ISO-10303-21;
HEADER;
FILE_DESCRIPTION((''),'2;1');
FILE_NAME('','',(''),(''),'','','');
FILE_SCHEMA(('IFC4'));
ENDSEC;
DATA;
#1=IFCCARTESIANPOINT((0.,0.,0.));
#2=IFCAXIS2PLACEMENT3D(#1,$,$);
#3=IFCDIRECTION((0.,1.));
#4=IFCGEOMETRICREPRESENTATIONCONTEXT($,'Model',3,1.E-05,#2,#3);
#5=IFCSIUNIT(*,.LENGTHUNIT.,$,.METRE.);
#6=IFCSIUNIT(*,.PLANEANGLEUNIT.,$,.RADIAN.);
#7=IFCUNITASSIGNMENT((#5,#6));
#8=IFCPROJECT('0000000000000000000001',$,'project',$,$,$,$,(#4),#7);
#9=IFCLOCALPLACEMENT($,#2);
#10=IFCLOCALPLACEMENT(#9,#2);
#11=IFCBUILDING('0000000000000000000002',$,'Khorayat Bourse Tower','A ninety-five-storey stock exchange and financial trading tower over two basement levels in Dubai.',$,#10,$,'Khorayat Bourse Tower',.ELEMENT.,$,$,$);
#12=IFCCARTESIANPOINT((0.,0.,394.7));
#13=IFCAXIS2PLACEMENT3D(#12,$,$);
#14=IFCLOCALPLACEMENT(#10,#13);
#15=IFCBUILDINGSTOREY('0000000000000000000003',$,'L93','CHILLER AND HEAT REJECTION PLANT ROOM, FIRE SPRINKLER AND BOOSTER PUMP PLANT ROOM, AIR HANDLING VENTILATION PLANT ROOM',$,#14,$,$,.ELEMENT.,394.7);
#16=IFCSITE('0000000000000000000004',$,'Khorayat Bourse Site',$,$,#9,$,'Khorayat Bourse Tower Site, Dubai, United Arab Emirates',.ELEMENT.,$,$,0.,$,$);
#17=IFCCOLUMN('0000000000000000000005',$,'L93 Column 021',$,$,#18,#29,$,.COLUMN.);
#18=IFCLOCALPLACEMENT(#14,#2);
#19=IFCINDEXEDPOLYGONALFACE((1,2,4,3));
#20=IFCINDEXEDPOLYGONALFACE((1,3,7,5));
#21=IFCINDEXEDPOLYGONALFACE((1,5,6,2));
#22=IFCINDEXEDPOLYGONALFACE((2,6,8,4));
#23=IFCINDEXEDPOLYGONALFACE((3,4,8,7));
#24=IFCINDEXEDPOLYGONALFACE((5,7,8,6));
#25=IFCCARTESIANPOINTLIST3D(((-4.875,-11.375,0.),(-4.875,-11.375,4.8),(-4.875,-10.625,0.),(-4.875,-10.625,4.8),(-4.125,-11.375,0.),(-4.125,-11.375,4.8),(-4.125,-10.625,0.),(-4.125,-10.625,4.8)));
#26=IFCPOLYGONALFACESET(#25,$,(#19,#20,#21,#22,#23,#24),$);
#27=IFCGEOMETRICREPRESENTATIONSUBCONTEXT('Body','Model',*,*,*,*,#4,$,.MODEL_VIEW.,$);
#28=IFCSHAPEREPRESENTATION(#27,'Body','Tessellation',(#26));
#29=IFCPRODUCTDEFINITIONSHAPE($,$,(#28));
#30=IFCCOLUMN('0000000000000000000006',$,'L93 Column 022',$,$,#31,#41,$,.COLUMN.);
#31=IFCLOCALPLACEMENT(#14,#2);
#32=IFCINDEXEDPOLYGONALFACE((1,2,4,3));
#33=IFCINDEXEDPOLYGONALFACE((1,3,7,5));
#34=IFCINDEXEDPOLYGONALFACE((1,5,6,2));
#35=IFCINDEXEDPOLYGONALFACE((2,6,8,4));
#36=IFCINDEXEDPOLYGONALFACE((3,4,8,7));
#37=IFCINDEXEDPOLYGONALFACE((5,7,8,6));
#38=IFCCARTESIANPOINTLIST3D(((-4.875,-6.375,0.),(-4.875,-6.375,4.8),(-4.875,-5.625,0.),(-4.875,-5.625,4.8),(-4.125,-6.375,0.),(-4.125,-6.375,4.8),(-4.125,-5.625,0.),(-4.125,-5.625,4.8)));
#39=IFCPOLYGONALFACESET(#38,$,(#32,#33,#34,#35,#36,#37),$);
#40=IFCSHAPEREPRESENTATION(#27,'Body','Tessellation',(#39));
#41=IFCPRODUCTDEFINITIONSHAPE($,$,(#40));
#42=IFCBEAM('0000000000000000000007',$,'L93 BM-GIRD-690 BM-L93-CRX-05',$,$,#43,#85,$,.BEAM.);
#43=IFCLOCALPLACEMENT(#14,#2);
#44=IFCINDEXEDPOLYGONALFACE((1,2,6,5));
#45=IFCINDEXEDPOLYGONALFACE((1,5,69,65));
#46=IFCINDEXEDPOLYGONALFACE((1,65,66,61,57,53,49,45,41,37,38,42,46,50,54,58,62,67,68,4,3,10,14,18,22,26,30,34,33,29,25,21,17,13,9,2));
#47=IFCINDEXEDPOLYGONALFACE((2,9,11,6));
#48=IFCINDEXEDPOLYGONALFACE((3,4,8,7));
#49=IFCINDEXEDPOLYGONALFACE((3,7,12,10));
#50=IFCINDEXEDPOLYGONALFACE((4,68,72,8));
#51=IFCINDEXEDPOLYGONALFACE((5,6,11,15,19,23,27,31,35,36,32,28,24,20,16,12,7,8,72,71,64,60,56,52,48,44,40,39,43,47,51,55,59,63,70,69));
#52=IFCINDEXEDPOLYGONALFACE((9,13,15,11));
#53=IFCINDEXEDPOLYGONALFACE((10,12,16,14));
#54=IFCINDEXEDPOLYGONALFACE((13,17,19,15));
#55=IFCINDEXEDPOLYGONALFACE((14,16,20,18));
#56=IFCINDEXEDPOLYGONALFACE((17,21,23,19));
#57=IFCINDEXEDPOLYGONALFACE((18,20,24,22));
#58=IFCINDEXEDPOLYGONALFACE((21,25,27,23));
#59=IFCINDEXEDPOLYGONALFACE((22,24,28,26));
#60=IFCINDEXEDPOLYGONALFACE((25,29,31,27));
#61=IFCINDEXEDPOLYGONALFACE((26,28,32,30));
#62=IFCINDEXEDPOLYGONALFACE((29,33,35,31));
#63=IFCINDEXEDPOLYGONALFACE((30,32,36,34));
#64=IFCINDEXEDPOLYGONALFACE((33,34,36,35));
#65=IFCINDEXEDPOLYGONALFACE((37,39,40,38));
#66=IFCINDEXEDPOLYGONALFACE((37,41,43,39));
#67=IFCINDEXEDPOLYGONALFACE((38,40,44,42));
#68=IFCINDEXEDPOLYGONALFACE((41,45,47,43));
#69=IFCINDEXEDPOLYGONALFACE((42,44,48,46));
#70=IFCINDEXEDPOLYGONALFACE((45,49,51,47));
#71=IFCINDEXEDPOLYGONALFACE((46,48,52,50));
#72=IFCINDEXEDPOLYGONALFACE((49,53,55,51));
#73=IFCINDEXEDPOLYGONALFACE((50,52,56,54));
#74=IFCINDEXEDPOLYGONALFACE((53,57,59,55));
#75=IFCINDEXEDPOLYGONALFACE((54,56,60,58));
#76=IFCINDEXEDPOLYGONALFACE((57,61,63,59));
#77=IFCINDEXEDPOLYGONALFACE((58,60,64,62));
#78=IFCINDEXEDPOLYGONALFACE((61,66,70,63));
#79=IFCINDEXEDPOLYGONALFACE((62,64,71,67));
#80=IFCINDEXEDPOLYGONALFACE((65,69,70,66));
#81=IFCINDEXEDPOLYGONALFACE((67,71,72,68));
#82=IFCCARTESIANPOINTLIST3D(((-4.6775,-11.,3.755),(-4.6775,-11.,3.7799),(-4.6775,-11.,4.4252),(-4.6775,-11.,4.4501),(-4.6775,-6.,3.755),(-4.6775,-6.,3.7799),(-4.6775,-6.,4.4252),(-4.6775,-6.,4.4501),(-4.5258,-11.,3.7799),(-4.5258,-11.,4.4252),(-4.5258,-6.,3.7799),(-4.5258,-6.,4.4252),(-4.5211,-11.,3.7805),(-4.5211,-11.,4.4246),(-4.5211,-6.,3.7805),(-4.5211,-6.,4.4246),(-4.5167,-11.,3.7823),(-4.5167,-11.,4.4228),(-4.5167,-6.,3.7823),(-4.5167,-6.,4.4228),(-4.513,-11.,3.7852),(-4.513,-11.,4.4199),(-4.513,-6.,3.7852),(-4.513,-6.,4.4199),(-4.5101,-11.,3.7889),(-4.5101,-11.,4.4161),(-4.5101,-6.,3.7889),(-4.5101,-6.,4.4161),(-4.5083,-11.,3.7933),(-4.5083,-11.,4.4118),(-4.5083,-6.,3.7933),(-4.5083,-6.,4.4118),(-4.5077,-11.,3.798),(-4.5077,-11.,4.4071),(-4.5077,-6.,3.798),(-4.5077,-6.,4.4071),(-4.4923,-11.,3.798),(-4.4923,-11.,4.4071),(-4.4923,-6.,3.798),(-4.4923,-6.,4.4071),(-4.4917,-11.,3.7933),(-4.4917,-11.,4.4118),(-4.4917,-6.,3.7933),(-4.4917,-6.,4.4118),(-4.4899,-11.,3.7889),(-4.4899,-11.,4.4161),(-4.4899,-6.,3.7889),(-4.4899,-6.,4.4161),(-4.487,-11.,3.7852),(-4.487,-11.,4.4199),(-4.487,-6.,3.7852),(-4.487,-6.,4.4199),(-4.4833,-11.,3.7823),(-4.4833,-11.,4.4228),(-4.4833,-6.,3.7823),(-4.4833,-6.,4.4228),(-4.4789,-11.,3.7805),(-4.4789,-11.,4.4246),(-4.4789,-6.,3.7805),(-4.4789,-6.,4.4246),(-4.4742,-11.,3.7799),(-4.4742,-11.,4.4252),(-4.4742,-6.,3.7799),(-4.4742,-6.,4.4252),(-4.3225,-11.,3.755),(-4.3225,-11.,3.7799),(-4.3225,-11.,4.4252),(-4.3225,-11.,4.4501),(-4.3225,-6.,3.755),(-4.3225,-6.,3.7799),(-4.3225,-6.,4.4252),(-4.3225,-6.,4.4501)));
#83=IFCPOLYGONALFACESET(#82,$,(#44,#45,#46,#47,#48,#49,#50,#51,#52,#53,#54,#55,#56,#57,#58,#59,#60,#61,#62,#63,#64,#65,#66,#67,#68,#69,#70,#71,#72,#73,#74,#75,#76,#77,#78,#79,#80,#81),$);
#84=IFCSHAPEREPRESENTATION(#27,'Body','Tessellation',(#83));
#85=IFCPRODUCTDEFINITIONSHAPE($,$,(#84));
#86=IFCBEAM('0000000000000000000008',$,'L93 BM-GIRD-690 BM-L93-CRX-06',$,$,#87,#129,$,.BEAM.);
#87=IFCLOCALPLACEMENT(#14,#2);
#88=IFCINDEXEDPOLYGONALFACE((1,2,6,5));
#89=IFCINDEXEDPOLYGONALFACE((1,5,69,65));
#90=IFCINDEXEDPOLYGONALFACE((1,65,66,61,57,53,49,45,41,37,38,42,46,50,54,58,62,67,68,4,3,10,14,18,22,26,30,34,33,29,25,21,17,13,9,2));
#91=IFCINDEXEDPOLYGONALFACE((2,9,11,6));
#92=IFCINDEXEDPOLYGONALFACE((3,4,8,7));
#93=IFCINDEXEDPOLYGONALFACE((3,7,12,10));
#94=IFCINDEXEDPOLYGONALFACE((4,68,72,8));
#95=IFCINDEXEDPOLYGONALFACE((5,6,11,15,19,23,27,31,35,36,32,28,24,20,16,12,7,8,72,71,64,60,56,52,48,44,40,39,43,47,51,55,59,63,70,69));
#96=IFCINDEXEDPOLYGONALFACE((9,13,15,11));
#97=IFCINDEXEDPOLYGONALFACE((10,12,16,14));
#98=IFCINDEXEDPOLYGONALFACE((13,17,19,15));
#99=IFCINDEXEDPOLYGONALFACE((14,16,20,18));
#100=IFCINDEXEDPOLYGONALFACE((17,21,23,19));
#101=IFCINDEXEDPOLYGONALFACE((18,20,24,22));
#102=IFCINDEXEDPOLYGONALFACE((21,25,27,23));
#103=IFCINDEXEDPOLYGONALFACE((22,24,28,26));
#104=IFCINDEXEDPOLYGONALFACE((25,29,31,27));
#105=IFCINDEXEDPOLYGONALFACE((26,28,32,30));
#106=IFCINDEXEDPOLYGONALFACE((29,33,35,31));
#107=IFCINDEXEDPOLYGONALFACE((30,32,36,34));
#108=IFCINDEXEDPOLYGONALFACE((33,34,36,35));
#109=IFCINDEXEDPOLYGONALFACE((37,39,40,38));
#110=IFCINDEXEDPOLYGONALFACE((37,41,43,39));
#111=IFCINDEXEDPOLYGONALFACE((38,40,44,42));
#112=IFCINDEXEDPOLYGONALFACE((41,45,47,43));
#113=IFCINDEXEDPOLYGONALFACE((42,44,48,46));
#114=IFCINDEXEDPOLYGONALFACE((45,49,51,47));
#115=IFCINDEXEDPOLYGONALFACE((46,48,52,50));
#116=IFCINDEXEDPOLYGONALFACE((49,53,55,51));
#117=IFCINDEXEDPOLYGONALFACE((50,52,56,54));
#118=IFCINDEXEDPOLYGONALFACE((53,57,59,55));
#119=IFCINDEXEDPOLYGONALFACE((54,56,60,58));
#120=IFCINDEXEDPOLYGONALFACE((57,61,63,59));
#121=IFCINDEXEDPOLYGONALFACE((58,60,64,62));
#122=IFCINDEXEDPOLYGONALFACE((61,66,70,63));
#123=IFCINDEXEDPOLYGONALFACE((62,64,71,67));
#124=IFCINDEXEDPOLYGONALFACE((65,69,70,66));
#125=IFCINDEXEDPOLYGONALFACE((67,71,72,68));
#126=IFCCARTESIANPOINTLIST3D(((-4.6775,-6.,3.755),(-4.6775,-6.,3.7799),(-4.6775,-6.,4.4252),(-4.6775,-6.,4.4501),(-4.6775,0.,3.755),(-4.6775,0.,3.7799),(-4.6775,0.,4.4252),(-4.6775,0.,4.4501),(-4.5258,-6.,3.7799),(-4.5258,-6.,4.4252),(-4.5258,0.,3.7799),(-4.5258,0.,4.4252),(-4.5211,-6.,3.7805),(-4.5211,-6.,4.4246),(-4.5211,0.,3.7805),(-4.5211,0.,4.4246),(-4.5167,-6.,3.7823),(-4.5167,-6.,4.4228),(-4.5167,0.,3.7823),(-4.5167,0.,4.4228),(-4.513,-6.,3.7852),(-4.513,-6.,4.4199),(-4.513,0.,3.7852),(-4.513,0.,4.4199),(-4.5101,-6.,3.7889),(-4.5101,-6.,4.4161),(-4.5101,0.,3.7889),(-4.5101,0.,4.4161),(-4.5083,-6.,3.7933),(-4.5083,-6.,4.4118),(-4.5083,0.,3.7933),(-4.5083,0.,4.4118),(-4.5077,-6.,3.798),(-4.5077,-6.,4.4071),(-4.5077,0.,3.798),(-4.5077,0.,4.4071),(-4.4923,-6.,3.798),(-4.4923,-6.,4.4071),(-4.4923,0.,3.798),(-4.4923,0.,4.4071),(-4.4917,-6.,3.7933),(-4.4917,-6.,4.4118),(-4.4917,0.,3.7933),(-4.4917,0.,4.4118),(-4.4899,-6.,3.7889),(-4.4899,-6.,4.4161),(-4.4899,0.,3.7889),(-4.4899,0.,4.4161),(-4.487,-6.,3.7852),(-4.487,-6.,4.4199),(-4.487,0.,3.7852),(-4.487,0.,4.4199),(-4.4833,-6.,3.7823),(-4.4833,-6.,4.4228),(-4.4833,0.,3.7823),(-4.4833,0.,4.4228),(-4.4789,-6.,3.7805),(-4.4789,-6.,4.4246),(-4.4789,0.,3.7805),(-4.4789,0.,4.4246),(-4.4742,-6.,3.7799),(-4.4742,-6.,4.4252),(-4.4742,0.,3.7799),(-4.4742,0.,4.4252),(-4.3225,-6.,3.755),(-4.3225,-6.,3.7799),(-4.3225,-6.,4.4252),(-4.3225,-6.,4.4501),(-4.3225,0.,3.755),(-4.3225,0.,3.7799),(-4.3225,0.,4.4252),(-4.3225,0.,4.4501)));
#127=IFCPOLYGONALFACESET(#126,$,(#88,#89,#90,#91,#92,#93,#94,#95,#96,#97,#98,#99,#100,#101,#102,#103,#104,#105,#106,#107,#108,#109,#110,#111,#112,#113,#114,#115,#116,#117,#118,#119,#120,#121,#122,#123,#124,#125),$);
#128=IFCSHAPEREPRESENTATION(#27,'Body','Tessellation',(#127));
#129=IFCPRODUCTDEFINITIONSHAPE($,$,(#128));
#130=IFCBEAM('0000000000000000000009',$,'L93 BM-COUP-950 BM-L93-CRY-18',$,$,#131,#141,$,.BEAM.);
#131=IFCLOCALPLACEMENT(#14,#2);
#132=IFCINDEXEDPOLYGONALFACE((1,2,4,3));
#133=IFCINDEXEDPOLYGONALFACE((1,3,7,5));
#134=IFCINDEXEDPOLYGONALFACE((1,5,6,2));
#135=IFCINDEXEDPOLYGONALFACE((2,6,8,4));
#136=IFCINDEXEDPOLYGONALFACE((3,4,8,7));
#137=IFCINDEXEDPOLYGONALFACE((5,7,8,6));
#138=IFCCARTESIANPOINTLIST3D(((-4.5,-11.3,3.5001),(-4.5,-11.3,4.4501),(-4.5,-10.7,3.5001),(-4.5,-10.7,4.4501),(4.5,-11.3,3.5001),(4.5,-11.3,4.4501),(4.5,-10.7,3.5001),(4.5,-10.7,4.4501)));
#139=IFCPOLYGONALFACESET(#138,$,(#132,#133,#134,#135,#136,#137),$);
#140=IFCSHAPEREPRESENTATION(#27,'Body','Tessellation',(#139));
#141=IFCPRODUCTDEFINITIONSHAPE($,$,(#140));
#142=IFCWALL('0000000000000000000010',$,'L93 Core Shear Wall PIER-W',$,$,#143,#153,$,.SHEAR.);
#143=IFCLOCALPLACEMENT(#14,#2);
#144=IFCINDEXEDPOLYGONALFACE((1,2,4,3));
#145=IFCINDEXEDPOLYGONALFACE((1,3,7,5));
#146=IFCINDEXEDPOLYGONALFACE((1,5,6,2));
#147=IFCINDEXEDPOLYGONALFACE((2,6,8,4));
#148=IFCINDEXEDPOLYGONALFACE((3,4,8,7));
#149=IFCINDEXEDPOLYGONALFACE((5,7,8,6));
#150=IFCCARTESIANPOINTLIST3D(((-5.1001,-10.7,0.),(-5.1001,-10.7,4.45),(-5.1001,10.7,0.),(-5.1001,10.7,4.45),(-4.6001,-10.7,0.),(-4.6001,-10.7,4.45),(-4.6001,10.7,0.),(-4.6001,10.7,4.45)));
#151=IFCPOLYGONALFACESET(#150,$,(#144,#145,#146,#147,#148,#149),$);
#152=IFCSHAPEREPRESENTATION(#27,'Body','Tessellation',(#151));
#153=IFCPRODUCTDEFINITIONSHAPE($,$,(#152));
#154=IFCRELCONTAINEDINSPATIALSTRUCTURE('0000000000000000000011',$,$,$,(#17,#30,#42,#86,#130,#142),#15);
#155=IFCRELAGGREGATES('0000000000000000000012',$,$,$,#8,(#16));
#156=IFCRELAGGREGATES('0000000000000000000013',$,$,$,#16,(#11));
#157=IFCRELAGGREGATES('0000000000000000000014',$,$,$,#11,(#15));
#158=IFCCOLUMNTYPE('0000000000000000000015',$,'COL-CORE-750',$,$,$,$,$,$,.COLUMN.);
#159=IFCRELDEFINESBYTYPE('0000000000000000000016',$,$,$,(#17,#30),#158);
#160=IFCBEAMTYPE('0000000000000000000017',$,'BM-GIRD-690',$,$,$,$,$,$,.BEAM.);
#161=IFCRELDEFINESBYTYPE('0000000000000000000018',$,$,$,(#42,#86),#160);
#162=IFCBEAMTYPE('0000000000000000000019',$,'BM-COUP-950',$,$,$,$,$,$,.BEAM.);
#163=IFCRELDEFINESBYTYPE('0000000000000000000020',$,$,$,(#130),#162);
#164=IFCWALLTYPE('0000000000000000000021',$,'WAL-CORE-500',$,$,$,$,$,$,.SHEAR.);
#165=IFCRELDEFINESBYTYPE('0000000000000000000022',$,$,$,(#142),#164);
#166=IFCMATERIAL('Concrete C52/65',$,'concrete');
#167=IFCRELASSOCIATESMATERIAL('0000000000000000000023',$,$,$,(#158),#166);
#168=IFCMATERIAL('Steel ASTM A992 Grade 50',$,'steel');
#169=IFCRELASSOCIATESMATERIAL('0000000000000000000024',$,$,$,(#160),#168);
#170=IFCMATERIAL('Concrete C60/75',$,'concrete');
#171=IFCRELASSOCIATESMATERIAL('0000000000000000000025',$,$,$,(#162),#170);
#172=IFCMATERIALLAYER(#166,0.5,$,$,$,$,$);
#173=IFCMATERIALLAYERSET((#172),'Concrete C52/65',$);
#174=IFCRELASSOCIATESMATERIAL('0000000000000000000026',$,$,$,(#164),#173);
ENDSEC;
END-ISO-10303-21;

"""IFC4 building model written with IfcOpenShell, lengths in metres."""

from ifc_helpers import new_model, si_unit, direction, frame, frame_2d, origin, origin_2d, place, context, subcontext, project, spatial, rectangle, i_section, extrude, source, transform, mapped, material, layer, layer_set, material_profile, profile_set, type_object, element, save


model = new_model("IFC4")

# Units and contexts
model_context = context("Model", 3, precision=1e-05, world=origin(), true_north=direction((0.0, 1.0)))
body_context = subcontext(model_context, "Body", "Model", "MODEL_VIEW")
ifc_project = project(units=[si_unit("LENGTHUNIT", "METRE"), si_unit("PLANEANGLEUNIT", "RADIAN")], contexts=[model_context])

# Site, building, storey
site_placement = place(None, origin())
site = spatial("IfcSite", under=ifc_project, at=site_placement, Name="Khorayat Bourse Site", LongName="Khorayat Bourse Tower Site, Dubai, United Arab Emirates", CompositionType="ELEMENT", RefElevation=0.0)
building_placement = place(site_placement, origin())
building = spatial("IfcBuilding", under=site, at=building_placement, Name="Khorayat Bourse Tower", Description="A ninety-five-storey stock exchange and financial trading tower over two basement levels in Dubai.", LongName="Khorayat Bourse Tower", CompositionType="ELEMENT")
storey_placement = place(building_placement, frame((0.0, 0.0, 394.7)))
storey = spatial("IfcBuildingStorey", under=building, at=storey_placement, Name="L93", Description="CHILLER AND HEAT REJECTION PLANT ROOM, FIRE SPRINKLER AND BOOSTER PUMP PLANT ROOM, AIR HANDLING VENTILATION PLANT ROOM", CompositionType="ELEMENT", Elevation=394.7)

# Columns
ifc_material_1 = material(Name="Concrete C52/65", Category="concrete")
ifc_material_profile_1 = material_profile(ifc_material_1, rectangle(XDim=0.75, YDim=0.75, at=origin_2d()), Name="RC 750x750")
ifc_profile_set_1 = profile_set([ifc_material_profile_1], Name="Concrete C52/65")
column_type = type_object("IfcColumnType", Name="COL-CORE-750", PredefinedType="COLUMN", material=ifc_profile_set_1)
shared_shape_1 = source(origin(), body_context, "Body", "SweptSolid", [
    extrude(rectangle(XDim=0.75, YDim=0.75, at=origin_2d()), origin(), (0.0, 0.0, 1.0), 4.8),
])
for number, where, z_axis, x_axis, name in (
    (1, (-4.5, -11.0, 0.0), (0.0, 0.0, 1.0), (1.0, 0.0, 0.0), "L93 Column 021"),
    (2, (-4.5, -6.0, 0.0), (0.0, 0.0, 1.0), (1.0, 0.0, 0.0), "L93 Column 022"),
):
    element("IfcColumn", number, at=place(storey_placement, frame(where, z_axis=z_axis, x_axis=x_axis)), inside=storey, type_object=column_type, Name=name, PredefinedType="COLUMN", context=body_context, shape_type="MappedRepresentation", body=[
        mapped(shared_shape_1, transform((0.0, 0.0, 0.0), scale=1.0)),
    ])

# Beams
ifc_material_2 = material(Name="Steel ASTM A992 Grade 50", Category="steel")
ifc_material_profile_2 = material_profile(ifc_material_2, i_section(OverallWidth=0.355, OverallDepth=0.6951, WebThickness=0.0154, FlangeThickness=0.0249, FilletRadius=0.0181, at=origin_2d()), Name="W690X217")
ifc_profile_set_2 = profile_set([ifc_material_profile_2], Name="Steel ASTM A992 Grade 50")
beam_type_1 = type_object("IfcBeamType", Name="BM-GIRD-690", PredefinedType="BEAM", material=ifc_profile_set_2)
shared_shape_2 = source(origin(), body_context, "Body", "SweptSolid", [
    extrude(i_section(OverallWidth=0.355, OverallDepth=0.6951, WebThickness=0.0154, FlangeThickness=0.0249, FilletRadius=0.0181, at=origin_2d()), origin(), (0.0, 0.0, 1.0), 5.0),
])
beam_1_placement = place(storey_placement, frame((-4.5, -11.0, 4.1025), z_axis=(0.0, 1.0, 0.0), x_axis=(-1.0, 0.0, 0.0)))
element("IfcBeam", 3, at=beam_1_placement, inside=storey, type_object=beam_type_1, Name="L93 BM-GIRD-690 BM-L93-CRX-05", PredefinedType="BEAM", context=body_context, shape_type="MappedRepresentation", body=[
    mapped(shared_shape_2, transform((0.0, 0.0, 0.0), scale=1.0)),
])
shared_shape_3 = source(origin(), body_context, "Body", "SweptSolid", [
    extrude(i_section(OverallWidth=0.355, OverallDepth=0.6951, WebThickness=0.0154, FlangeThickness=0.0249, FilletRadius=0.0181, at=origin_2d()), origin(), (0.0, 0.0, 1.0), 6.0),
])
beam_2_placement = place(storey_placement, frame((-4.5, -6.0, 4.1025), z_axis=(0.0, 1.0, 0.0), x_axis=(-1.0, 0.0, 0.0)))
element("IfcBeam", 4, at=beam_2_placement, inside=storey, type_object=beam_type_1, Name="L93 BM-GIRD-690 BM-L93-CRX-06", PredefinedType="BEAM", context=body_context, shape_type="MappedRepresentation", body=[
    mapped(shared_shape_3, transform((0.0, 0.0, 0.0), scale=1.0)),
])
ifc_material_3 = material(Name="Concrete C60/75", Category="concrete")
ifc_material_profile_3 = material_profile(ifc_material_3, rectangle(XDim=0.6001, YDim=0.95, at=origin_2d()), Name="RC 600x950")
ifc_profile_set_3 = profile_set([ifc_material_profile_3], Name="Concrete C60/75")
beam_type_2 = type_object("IfcBeamType", Name="BM-COUP-950", PredefinedType="BEAM", material=ifc_profile_set_3)
shared_shape_4 = source(origin(), body_context, "Body", "SweptSolid", [
    extrude(rectangle(XDim=0.6001, YDim=0.95, at=origin_2d()), origin(), (0.0, 0.0, 1.0), 9.0),
])
beam_3_placement = place(storey_placement, frame((-4.5, -11.0, 3.9751), z_axis=(1.0, 0.0, 0.0), x_axis=(0.0, 1.0, 0.0)))
element("IfcBeam", 5, at=beam_3_placement, inside=storey, type_object=beam_type_2, Name="L93 BM-COUP-950 BM-L93-CRY-18", PredefinedType="BEAM", context=body_context, shape_type="MappedRepresentation", body=[
    mapped(shared_shape_4, transform((0.0, 0.0, 0.0), scale=1.0)),
])

# Wall
ifc_layer_1 = layer(ifc_material_1, 0.5)
ifc_layer_set_1 = layer_set([ifc_layer_1], Name="Concrete C52/65")
wall_type_1 = type_object("IfcWallType", Name="WAL-CORE-500", PredefinedType="SHEAR", material=ifc_layer_set_1)
shared_shape_5 = source(origin(), body_context, "Body", "SweptSolid", [
    extrude(rectangle(XDim=21.3999, YDim=0.5, at=frame_2d((10.7, 0.0))), origin(), (0.0, 0.0, 1.0), 4.45),
])
wall_1_placement = place(storey_placement, frame((-4.8501, -10.7, 0.0), z_axis=(0.0, 0.0, 1.0), x_axis=(0.0, 1.0, 0.0)))
element("IfcWall", 6, at=wall_1_placement, inside=storey, type_object=wall_type_1, Name="L93 Core Shear Wall PIER-W", PredefinedType="SHEAR", context=body_context, shape_type="MappedRepresentation", body=[
    mapped(shared_shape_5, transform((0.0, 0.0, 0.0), scale=1.0)),
])

save(model, "model.ifc")
